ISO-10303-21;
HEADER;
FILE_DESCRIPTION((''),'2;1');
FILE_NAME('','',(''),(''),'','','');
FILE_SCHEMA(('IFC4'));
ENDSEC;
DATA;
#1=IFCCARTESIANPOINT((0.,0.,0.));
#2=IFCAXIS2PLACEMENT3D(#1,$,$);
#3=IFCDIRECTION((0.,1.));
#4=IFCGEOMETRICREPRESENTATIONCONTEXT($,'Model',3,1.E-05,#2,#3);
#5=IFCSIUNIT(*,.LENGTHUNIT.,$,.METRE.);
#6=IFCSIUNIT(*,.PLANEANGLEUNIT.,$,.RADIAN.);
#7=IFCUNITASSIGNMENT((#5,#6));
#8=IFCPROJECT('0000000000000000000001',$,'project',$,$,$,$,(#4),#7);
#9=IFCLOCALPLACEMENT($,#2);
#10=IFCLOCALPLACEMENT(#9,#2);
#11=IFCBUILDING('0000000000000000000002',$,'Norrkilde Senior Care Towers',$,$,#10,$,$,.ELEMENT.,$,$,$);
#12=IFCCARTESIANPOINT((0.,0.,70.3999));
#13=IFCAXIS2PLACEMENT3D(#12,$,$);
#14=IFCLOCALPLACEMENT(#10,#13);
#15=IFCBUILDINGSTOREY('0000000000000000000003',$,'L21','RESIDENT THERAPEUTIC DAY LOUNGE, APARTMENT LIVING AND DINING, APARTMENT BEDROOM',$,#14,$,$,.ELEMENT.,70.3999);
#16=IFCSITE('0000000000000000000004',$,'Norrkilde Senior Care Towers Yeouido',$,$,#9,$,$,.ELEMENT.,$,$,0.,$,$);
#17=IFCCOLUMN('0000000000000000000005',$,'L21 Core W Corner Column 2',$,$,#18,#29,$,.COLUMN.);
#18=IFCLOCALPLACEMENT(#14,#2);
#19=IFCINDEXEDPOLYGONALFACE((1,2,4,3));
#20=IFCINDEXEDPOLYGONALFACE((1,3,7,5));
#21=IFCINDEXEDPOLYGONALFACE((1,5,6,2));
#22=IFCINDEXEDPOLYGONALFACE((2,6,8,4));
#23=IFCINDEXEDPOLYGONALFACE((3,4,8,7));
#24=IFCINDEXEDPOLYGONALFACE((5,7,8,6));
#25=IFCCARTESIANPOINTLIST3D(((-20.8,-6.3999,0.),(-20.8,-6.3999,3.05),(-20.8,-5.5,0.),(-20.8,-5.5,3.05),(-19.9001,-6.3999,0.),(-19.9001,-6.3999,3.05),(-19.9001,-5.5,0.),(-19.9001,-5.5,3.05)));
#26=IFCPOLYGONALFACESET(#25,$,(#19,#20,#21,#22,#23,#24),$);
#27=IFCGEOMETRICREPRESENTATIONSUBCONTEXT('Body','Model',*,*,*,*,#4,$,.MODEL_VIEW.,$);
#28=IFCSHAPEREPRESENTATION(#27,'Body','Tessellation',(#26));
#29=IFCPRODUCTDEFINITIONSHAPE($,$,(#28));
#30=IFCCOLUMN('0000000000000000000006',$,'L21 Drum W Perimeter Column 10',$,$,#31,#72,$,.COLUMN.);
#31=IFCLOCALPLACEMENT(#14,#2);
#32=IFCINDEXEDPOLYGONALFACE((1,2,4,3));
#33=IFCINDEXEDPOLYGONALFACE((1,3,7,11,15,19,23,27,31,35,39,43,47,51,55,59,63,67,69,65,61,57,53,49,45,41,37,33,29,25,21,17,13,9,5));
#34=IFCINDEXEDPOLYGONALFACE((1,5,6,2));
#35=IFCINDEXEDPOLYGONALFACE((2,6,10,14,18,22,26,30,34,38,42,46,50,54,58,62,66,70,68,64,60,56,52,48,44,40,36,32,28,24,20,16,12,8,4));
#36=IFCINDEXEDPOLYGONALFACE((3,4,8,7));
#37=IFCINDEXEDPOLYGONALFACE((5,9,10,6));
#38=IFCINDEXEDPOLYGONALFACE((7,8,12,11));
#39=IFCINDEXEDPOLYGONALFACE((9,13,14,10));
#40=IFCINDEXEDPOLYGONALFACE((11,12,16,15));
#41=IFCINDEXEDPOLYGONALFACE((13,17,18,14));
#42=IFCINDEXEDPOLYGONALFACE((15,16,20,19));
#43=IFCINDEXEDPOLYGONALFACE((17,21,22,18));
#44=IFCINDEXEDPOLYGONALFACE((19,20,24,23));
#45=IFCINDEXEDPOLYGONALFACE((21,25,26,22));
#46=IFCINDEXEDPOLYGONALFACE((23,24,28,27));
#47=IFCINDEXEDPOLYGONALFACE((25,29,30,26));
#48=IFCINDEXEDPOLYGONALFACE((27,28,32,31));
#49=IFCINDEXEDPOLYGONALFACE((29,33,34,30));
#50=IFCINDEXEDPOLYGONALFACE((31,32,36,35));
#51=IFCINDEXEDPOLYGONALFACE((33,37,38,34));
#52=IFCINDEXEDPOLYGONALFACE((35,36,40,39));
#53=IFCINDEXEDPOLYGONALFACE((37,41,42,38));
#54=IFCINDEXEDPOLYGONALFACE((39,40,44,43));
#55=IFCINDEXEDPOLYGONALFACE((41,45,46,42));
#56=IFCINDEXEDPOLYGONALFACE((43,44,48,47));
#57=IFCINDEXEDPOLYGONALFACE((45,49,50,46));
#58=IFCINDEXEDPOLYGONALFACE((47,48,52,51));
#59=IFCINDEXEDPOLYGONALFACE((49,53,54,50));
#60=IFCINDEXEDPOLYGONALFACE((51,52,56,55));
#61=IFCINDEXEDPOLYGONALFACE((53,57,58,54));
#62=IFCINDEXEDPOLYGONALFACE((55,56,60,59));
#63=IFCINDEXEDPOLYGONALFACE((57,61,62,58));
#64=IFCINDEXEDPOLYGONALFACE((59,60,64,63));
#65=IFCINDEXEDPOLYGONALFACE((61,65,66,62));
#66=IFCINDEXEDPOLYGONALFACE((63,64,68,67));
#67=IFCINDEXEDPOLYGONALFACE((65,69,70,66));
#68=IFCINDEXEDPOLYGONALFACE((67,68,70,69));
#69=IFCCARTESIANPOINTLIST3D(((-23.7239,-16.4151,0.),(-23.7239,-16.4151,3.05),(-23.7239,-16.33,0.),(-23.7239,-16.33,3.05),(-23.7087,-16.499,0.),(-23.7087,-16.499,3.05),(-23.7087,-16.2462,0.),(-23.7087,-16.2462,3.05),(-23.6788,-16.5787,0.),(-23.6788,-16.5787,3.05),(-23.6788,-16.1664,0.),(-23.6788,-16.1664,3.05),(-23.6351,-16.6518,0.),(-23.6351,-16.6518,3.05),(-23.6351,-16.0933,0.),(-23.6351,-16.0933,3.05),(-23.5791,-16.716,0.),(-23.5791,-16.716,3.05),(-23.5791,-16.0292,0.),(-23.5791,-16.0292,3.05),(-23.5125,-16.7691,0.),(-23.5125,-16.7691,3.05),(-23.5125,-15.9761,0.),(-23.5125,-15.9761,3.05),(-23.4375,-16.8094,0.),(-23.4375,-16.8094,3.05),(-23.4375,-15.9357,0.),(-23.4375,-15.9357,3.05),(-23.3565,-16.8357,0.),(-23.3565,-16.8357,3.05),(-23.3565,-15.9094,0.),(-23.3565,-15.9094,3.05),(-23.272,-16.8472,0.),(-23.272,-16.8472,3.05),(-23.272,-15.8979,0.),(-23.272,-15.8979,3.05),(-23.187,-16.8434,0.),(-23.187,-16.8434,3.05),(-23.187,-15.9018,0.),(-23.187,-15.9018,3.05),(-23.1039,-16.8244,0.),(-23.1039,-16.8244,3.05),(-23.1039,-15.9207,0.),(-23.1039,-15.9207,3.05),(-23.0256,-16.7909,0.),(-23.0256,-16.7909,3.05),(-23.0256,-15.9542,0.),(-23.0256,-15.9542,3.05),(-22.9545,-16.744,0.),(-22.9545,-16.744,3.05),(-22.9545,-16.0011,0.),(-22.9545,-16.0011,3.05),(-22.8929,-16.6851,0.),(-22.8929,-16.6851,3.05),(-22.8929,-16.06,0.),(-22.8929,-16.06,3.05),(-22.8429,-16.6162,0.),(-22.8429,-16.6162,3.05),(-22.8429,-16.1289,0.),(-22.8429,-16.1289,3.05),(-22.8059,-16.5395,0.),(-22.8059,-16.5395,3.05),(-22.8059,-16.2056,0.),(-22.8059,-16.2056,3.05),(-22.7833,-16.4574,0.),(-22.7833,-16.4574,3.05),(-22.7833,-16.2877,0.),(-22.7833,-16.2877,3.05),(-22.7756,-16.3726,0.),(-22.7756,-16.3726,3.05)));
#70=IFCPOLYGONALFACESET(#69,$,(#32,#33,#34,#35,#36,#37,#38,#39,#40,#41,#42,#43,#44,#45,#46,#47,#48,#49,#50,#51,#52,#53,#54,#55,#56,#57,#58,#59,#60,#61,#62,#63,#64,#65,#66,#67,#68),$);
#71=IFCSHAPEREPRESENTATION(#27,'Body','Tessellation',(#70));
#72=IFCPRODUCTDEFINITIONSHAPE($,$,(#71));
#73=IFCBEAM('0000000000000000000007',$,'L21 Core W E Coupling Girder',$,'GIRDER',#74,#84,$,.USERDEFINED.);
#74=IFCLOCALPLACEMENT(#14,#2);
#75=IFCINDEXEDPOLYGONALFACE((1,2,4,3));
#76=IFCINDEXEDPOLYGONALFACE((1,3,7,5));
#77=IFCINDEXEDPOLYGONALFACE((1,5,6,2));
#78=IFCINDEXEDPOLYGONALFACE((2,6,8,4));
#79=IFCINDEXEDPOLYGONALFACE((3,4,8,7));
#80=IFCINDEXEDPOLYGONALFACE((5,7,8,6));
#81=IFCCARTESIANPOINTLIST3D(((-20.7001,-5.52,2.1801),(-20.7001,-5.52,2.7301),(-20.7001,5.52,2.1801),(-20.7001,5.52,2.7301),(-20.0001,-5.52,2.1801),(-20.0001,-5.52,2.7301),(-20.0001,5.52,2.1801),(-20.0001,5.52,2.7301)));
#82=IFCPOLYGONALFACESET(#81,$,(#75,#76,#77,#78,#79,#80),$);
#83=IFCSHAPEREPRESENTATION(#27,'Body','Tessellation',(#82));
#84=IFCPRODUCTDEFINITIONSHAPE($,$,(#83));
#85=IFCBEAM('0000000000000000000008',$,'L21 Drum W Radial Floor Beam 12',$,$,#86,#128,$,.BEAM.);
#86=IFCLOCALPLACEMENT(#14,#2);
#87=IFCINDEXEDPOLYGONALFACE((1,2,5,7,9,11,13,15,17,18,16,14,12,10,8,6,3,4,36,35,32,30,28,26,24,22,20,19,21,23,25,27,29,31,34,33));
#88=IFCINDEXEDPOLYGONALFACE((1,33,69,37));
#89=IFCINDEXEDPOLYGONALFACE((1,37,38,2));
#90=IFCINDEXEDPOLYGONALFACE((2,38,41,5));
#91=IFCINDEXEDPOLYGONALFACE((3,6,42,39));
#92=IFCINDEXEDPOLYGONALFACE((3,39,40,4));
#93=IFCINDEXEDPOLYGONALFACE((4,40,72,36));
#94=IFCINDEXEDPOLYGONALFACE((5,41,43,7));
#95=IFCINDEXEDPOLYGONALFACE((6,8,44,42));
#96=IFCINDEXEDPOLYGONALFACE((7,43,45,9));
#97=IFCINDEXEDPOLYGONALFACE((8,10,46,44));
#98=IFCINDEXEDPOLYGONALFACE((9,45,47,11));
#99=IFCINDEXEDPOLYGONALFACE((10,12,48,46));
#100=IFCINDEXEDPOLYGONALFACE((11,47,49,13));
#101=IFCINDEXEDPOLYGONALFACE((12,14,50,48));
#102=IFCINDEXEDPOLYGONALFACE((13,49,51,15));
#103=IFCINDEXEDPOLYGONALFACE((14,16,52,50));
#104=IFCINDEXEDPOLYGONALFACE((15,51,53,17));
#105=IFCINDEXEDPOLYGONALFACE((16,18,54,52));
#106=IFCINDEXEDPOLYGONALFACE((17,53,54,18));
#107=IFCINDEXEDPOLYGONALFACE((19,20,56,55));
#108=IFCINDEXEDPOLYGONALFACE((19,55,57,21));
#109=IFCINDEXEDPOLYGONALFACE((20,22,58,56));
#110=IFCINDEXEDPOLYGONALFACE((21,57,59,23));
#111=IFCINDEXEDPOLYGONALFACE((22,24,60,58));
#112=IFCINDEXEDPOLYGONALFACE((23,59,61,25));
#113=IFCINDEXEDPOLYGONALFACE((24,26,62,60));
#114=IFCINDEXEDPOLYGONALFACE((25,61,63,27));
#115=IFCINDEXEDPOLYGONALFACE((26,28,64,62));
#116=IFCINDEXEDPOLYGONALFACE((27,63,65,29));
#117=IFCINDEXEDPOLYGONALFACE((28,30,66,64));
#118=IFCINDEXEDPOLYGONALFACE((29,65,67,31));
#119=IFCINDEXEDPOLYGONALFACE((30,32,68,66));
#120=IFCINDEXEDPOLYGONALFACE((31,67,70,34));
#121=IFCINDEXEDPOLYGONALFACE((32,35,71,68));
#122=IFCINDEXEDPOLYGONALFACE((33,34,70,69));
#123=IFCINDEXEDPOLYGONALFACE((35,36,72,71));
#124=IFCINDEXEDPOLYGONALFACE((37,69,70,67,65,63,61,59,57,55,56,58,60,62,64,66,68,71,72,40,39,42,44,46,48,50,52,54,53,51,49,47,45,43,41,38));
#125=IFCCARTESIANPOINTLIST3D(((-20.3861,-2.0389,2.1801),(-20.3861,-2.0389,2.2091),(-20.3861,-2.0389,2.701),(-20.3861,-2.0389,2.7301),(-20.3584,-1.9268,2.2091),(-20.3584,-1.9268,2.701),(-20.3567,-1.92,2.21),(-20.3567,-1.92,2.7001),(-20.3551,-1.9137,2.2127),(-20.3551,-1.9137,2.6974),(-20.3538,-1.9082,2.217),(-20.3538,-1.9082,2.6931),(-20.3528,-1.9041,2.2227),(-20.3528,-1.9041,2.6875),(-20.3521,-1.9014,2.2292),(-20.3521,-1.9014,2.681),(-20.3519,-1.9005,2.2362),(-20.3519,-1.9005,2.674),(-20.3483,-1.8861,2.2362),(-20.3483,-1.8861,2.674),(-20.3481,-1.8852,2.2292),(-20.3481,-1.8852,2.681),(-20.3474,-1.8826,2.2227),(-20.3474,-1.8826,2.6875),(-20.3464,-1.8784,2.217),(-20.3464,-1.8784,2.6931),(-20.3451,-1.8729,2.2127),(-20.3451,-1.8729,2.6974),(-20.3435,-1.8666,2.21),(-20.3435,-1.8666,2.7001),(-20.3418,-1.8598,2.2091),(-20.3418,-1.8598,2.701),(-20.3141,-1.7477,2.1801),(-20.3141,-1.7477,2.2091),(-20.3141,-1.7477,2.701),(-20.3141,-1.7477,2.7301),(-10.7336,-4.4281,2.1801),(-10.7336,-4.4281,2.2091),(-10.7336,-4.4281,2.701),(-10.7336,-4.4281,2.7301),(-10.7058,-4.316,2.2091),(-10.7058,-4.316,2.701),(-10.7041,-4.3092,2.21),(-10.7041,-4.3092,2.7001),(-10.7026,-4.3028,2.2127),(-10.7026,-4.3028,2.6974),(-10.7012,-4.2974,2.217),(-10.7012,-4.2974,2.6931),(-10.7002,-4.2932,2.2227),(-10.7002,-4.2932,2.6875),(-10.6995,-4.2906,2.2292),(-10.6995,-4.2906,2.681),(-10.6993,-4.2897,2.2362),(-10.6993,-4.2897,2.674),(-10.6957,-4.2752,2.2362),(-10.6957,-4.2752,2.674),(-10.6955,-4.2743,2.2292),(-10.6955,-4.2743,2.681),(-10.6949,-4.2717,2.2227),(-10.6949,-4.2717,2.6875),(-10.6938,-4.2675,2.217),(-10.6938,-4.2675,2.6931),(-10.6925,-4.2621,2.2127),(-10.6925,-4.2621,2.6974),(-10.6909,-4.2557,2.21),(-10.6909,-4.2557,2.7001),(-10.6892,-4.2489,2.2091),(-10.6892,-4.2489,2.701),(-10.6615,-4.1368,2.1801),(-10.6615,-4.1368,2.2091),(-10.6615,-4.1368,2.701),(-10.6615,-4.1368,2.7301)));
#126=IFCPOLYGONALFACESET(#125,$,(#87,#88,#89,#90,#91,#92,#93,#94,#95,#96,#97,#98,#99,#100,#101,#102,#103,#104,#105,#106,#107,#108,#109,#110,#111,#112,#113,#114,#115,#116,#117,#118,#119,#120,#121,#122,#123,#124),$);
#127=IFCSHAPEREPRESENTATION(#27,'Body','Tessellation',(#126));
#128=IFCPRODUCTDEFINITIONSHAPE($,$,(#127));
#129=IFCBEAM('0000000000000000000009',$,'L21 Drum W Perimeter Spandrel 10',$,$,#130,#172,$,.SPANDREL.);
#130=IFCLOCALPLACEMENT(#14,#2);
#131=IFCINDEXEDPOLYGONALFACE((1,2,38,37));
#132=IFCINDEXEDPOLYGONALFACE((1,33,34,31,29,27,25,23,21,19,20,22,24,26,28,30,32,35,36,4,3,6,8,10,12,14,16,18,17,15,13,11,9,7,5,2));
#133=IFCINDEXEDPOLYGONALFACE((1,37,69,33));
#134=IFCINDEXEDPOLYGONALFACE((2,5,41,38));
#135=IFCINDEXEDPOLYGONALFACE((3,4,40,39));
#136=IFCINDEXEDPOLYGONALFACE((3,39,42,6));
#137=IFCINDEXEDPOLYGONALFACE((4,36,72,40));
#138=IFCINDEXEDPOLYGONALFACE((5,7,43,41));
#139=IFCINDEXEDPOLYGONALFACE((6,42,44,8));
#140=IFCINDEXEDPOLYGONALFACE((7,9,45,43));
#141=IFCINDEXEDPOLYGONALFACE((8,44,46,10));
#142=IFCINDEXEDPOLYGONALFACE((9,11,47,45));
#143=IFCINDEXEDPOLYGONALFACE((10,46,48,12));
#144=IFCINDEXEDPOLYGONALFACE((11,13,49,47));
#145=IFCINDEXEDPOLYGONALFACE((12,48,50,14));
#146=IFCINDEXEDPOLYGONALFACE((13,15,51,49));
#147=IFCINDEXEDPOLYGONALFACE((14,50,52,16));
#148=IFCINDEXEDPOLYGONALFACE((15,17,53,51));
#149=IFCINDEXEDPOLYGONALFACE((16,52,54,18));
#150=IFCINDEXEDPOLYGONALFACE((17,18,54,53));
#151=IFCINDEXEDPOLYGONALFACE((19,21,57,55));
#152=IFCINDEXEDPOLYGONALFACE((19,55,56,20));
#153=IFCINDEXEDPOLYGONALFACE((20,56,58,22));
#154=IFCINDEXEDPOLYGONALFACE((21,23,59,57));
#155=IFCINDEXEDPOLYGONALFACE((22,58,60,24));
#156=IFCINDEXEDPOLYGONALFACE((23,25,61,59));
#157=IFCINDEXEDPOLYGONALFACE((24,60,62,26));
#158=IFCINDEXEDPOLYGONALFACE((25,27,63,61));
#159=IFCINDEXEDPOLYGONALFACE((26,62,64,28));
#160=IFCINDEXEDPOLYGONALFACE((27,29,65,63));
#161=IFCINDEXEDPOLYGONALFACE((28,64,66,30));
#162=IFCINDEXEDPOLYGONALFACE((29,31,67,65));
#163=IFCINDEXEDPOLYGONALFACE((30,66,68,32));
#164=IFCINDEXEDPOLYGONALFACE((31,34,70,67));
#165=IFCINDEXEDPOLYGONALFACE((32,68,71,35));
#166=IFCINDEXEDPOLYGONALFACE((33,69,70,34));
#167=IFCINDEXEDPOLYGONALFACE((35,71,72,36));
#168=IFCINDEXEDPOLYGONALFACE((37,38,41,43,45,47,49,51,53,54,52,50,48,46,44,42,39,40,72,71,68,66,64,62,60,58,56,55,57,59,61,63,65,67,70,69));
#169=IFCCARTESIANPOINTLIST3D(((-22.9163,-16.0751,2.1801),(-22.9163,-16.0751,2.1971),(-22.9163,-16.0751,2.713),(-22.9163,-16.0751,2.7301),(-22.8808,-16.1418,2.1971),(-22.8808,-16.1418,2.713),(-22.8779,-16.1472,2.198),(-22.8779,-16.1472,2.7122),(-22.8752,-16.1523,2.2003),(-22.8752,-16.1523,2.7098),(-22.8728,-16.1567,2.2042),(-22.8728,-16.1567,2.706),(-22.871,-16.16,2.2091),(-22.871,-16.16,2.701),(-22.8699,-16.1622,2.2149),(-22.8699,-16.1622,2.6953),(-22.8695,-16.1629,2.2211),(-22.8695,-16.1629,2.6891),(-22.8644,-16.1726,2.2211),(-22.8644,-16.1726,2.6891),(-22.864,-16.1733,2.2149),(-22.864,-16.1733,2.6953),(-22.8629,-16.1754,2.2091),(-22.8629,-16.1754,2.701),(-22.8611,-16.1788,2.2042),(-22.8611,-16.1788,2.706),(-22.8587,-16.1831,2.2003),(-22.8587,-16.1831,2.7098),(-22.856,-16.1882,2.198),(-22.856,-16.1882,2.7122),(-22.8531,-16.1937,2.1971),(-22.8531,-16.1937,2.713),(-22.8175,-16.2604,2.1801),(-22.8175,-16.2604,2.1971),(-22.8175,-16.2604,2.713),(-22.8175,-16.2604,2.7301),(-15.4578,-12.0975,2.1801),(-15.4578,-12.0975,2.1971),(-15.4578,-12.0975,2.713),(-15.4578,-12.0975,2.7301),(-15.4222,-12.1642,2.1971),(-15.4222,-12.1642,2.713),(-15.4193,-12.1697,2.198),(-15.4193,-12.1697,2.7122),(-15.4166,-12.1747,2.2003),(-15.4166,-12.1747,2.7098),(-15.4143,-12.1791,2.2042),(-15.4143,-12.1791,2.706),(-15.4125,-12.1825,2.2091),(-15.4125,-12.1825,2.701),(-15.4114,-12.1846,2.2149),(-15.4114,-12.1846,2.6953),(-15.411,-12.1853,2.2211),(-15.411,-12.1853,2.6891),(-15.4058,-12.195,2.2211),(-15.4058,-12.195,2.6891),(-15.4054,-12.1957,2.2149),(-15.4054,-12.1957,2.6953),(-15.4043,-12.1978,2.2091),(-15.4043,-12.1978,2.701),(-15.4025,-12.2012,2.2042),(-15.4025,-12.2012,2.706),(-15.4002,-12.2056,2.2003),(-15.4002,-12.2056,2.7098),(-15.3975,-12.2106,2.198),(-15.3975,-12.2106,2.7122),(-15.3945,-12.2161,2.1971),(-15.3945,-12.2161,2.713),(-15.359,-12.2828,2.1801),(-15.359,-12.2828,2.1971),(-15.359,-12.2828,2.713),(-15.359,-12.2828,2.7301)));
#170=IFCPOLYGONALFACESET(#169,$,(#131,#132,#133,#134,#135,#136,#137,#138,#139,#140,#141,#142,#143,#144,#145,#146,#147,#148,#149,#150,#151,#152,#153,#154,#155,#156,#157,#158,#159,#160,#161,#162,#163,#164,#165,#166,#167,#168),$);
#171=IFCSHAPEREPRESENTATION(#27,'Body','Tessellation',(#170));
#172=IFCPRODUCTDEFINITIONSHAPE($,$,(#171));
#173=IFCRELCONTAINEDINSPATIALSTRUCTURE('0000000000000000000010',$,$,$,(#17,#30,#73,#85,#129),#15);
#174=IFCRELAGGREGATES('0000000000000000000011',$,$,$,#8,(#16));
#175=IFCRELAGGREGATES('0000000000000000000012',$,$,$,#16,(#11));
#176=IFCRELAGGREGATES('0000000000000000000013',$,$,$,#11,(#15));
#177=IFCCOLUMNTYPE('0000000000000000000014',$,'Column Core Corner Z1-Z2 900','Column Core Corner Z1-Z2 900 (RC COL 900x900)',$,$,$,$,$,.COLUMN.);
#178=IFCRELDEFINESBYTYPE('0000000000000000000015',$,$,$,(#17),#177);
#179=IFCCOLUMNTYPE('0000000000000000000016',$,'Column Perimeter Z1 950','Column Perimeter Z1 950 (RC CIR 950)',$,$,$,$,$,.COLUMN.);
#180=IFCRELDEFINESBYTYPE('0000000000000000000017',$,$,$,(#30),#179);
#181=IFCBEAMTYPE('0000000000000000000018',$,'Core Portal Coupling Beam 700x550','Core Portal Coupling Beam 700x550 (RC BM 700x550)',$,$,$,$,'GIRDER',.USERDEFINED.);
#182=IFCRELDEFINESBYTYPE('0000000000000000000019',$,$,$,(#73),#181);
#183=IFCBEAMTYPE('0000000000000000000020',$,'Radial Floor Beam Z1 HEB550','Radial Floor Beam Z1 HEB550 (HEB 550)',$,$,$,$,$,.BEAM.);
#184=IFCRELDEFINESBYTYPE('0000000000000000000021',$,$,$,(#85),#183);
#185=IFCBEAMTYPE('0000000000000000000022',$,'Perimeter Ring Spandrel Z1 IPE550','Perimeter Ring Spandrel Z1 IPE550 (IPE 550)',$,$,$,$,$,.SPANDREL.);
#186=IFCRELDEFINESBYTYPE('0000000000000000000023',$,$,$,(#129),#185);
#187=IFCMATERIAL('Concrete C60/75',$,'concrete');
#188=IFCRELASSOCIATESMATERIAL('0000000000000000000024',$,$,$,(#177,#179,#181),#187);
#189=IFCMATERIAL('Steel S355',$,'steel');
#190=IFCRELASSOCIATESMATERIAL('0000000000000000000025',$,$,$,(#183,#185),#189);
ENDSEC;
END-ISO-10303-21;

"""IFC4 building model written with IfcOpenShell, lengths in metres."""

from ifc_helpers import new_model, si_unit, direction, frame, origin, origin_2d, place, context, subcontext, project, spatial, rectangle, circle, i_section, extrude, source, transform, mapped, material, material_profile, profile_set, type_object, type_shapes, element, save


model = new_model("IFC4")

# Units and contexts
model_context = context("Model", 3, precision=1e-05, world=origin(), true_north=direction((0.0, 1.0)))
body_context = subcontext(model_context, "Body", "Model", "MODEL_VIEW")
ifc_project = project(units=[si_unit("LENGTHUNIT", "METRE"), si_unit("PLANEANGLEUNIT", "RADIAN")], contexts=[model_context])

# Site, building, storey
site_placement = place(None, origin())
site = spatial("IfcSite", under=ifc_project, at=site_placement, Name="Norrkilde Senior Care Towers Yeouido", CompositionType="ELEMENT", RefElevation=0.0)
building_placement = place(site_placement, origin())
building = spatial("IfcBuilding", under=site, at=building_placement, Name="Norrkilde Senior Care Towers", CompositionType="ELEMENT")
storey_placement = place(building_placement, frame((0.0, 0.0, 70.3999)))
storey = spatial("IfcBuildingStorey", under=building, at=storey_placement, Name="L21", Description="RESIDENT THERAPEUTIC DAY LOUNGE, APARTMENT LIVING AND DINING, APARTMENT BEDROOM", CompositionType="ELEMENT", Elevation=70.3999)

# Columns
ifc_material_1 = material(Name="Concrete C60/75", Category="concrete")
ifc_material_profile_1 = material_profile(ifc_material_1, rectangle(XDim=0.8999, YDim=0.8999, at=origin_2d()), Name="RC COL 900x900")
ifc_profile_set_1 = profile_set([ifc_material_profile_1], Name="Concrete C60/75")
column_type_1 = type_object("IfcColumnType", Name="Column Core Corner Z1-Z2 900", Description="Column Core Corner Z1-Z2 900 (RC COL 900x900)", PredefinedType="COLUMN", material=ifc_profile_set_1)
shared_shape_1 = source(origin(), body_context, "Body", "SweptSolid", [
    extrude(rectangle(XDim=0.8999, YDim=0.8999, at=origin_2d()), origin(), (0.0, 0.0, 1.0), 3.05),
])
type_shapes(column_type_1, [shared_shape_1])
column_1_placement = place(storey_placement, frame((-20.3501, -5.95, 0.0), z_axis=(0.0, 0.0, 1.0), x_axis=(1.0, 0.0, 0.0)))
element("IfcColumn", 1, at=column_1_placement, inside=storey, type_object=column_type_1, Name="L21 Core W Corner Column 2", PredefinedType="COLUMN", context=body_context, shape_type="MappedRepresentation", body=[
    mapped(shared_shape_1, transform((0.0, 0.0, 0.0), x_axis=(1.0, 0.0, 0.0), y_axis=(0.0, 1.0, 0.0), z_axis=(0.0, 0.0, 1.0), scale=1.0)),
])
ifc_material_profile_2 = material_profile(ifc_material_1, circle(Radius=0.4751, at=origin_2d()), Name="RC CIR 950")
ifc_profile_set_2 = profile_set([ifc_material_profile_2], Name="Concrete C60/75")
column_type_2 = type_object("IfcColumnType", Name="Column Perimeter Z1 950", Description="Column Perimeter Z1 950 (RC CIR 950)", PredefinedType="COLUMN", material=ifc_profile_set_2)
shared_shape_2 = source(origin(), body_context, "Body", "SweptSolid", [
    extrude(circle(Radius=0.4751, at=origin_2d()), origin(), (0.0, 0.0, 1.0), 3.05),
])
type_shapes(column_type_2, [shared_shape_2])
column_2_placement = place(storey_placement, frame((-23.2507, -16.3726, 0.0), z_axis=(0.0, 0.0, 1.0), x_axis=(1.0, 0.0, 0.0)))
element("IfcColumn", 2, at=column_2_placement, inside=storey, type_object=column_type_2, Name="L21 Drum W Perimeter Column 10", PredefinedType="COLUMN", context=body_context, shape_type="MappedRepresentation", body=[
    mapped(shared_shape_2, transform((0.0, 0.0, 0.0), x_axis=(1.0, 0.0, 0.0), y_axis=(0.0, 1.0, 0.0), z_axis=(0.0, 0.0, 1.0), scale=1.0)),
])

# Beams
ifc_material_profile_3 = material_profile(ifc_material_1, rectangle(XDim=0.7, YDim=0.55, at=origin_2d()), Name="RC BM 700x550")
ifc_profile_set_3 = profile_set([ifc_material_profile_3], Name="Concrete C60/75")
beam_type_1 = type_object("IfcBeamType", Name="Core Portal Coupling Beam 700x550", Description="Core Portal Coupling Beam 700x550 (RC BM 700x550)", ElementType="GIRDER", PredefinedType="USERDEFINED", material=ifc_profile_set_3)
shared_shape_3 = source(origin(), body_context, "Body", "SweptSolid", [
    extrude(rectangle(XDim=0.7, YDim=0.55, at=origin_2d()), origin(), (0.0, 0.0, 1.0), 11.04),
])
type_shapes(beam_type_1, [shared_shape_3])
beam_1_placement = place(storey_placement, frame((-20.3501, -5.52, 2.4551), z_axis=(0.0, 1.0, 0.0), x_axis=(-1.0, 0.0, 0.0)))
element("IfcBeam", 3, at=beam_1_placement, inside=storey, type_object=beam_type_1, Name="L21 Core W E Coupling Girder", ObjectType="GIRDER", PredefinedType="USERDEFINED", context=body_context, shape_type="MappedRepresentation", body=[
    mapped(shared_shape_3, transform((0.0, 0.0, 0.0), x_axis=(1.0, 0.0, 0.0), y_axis=(0.0, 1.0, 0.0), z_axis=(0.0, 0.0, 1.0), scale=1.0)),
])
ifc_material_2 = material(Name="Steel S355", Category="steel")
ifc_material_profile_4 = material_profile(ifc_material_2, i_section(OverallWidth=0.3, OverallDepth=0.55, WebThickness=0.0149, FlangeThickness=0.0291, FilletRadius=0.0271, at=origin_2d()), Name="HEB 550")
ifc_profile_set_4 = profile_set([ifc_material_profile_4], Name="Steel S355")
beam_type_2 = type_object("IfcBeamType", Name="Radial Floor Beam Z1 HEB550", Description="Radial Floor Beam Z1 HEB550 (HEB 550)", PredefinedType="BEAM", material=ifc_profile_set_4)
shared_shape_4 = source(origin(), body_context, "Body", "SweptSolid", [
    extrude(i_section(OverallWidth=0.3, OverallDepth=0.55, WebThickness=0.0149, FlangeThickness=0.0291, FilletRadius=0.0271, at=origin_2d()), origin(), (0.0, 0.0, 1.0), 9.9438),
])
beam_2_placement = place(storey_placement, frame((-20.3501, -1.8933, 2.4551), z_axis=(0.970707, -0.240265, 0.0), x_axis=(0.240265, 0.970707, 0.0)))
element("IfcBeam", 4, at=beam_2_placement, inside=storey, type_object=beam_type_2, Name="L21 Drum W Radial Floor Beam 12", PredefinedType="BEAM", context=body_context, shape_type="MappedRepresentation", body=[
    mapped(shared_shape_4, transform((0.0, 0.0, 0.0), x_axis=(1.0, 0.0, 0.0), y_axis=(0.0, 1.0, 0.0), z_axis=(0.0, 0.0, 1.0), scale=1.0)),
])
ifc_material_profile_5 = material_profile(ifc_material_2, i_section(OverallWidth=0.21, OverallDepth=0.55, WebThickness=0.011, FlangeThickness=0.0171, FilletRadius=0.0239, at=origin_2d()), Name="IPE 550")
ifc_profile_set_5 = profile_set([ifc_material_profile_5], Name="Steel S355")
beam_type_3 = type_object("IfcBeamType", Name="Perimeter Ring Spandrel Z1 IPE550", Description="Perimeter Ring Spandrel Z1 IPE550 (IPE 550)", PredefinedType="SPANDREL", material=ifc_profile_set_5)
shared_shape_5 = source(origin(), body_context, "Body", "SweptSolid", [
    extrude(i_section(OverallWidth=0.21, OverallDepth=0.55, WebThickness=0.011, FlangeThickness=0.0171, FilletRadius=0.0239, at=origin_2d()), origin(), (0.0, 0.0, 1.0), 8.4529),
])
type_shapes(beam_type_3, [shared_shape_5])
beam_3_placement = place(storey_placement, frame((-22.8669, -16.1677, 2.4551), z_axis=(0.882369, 0.470558, 0.0), x_axis=(-0.470558, 0.882369, 0.0)))
element("IfcBeam", 5, at=beam_3_placement, inside=storey, type_object=beam_type_3, Name="L21 Drum W Perimeter Spandrel 10", PredefinedType="SPANDREL", context=body_context, shape_type="MappedRepresentation", body=[
    mapped(shared_shape_5, transform((0.0, 0.0, 0.0), x_axis=(1.0, 0.0, 0.0), y_axis=(0.0, 1.0, 0.0), z_axis=(0.0, 0.0, 1.0), scale=1.0)),
])

save(model, "model.ifc")
